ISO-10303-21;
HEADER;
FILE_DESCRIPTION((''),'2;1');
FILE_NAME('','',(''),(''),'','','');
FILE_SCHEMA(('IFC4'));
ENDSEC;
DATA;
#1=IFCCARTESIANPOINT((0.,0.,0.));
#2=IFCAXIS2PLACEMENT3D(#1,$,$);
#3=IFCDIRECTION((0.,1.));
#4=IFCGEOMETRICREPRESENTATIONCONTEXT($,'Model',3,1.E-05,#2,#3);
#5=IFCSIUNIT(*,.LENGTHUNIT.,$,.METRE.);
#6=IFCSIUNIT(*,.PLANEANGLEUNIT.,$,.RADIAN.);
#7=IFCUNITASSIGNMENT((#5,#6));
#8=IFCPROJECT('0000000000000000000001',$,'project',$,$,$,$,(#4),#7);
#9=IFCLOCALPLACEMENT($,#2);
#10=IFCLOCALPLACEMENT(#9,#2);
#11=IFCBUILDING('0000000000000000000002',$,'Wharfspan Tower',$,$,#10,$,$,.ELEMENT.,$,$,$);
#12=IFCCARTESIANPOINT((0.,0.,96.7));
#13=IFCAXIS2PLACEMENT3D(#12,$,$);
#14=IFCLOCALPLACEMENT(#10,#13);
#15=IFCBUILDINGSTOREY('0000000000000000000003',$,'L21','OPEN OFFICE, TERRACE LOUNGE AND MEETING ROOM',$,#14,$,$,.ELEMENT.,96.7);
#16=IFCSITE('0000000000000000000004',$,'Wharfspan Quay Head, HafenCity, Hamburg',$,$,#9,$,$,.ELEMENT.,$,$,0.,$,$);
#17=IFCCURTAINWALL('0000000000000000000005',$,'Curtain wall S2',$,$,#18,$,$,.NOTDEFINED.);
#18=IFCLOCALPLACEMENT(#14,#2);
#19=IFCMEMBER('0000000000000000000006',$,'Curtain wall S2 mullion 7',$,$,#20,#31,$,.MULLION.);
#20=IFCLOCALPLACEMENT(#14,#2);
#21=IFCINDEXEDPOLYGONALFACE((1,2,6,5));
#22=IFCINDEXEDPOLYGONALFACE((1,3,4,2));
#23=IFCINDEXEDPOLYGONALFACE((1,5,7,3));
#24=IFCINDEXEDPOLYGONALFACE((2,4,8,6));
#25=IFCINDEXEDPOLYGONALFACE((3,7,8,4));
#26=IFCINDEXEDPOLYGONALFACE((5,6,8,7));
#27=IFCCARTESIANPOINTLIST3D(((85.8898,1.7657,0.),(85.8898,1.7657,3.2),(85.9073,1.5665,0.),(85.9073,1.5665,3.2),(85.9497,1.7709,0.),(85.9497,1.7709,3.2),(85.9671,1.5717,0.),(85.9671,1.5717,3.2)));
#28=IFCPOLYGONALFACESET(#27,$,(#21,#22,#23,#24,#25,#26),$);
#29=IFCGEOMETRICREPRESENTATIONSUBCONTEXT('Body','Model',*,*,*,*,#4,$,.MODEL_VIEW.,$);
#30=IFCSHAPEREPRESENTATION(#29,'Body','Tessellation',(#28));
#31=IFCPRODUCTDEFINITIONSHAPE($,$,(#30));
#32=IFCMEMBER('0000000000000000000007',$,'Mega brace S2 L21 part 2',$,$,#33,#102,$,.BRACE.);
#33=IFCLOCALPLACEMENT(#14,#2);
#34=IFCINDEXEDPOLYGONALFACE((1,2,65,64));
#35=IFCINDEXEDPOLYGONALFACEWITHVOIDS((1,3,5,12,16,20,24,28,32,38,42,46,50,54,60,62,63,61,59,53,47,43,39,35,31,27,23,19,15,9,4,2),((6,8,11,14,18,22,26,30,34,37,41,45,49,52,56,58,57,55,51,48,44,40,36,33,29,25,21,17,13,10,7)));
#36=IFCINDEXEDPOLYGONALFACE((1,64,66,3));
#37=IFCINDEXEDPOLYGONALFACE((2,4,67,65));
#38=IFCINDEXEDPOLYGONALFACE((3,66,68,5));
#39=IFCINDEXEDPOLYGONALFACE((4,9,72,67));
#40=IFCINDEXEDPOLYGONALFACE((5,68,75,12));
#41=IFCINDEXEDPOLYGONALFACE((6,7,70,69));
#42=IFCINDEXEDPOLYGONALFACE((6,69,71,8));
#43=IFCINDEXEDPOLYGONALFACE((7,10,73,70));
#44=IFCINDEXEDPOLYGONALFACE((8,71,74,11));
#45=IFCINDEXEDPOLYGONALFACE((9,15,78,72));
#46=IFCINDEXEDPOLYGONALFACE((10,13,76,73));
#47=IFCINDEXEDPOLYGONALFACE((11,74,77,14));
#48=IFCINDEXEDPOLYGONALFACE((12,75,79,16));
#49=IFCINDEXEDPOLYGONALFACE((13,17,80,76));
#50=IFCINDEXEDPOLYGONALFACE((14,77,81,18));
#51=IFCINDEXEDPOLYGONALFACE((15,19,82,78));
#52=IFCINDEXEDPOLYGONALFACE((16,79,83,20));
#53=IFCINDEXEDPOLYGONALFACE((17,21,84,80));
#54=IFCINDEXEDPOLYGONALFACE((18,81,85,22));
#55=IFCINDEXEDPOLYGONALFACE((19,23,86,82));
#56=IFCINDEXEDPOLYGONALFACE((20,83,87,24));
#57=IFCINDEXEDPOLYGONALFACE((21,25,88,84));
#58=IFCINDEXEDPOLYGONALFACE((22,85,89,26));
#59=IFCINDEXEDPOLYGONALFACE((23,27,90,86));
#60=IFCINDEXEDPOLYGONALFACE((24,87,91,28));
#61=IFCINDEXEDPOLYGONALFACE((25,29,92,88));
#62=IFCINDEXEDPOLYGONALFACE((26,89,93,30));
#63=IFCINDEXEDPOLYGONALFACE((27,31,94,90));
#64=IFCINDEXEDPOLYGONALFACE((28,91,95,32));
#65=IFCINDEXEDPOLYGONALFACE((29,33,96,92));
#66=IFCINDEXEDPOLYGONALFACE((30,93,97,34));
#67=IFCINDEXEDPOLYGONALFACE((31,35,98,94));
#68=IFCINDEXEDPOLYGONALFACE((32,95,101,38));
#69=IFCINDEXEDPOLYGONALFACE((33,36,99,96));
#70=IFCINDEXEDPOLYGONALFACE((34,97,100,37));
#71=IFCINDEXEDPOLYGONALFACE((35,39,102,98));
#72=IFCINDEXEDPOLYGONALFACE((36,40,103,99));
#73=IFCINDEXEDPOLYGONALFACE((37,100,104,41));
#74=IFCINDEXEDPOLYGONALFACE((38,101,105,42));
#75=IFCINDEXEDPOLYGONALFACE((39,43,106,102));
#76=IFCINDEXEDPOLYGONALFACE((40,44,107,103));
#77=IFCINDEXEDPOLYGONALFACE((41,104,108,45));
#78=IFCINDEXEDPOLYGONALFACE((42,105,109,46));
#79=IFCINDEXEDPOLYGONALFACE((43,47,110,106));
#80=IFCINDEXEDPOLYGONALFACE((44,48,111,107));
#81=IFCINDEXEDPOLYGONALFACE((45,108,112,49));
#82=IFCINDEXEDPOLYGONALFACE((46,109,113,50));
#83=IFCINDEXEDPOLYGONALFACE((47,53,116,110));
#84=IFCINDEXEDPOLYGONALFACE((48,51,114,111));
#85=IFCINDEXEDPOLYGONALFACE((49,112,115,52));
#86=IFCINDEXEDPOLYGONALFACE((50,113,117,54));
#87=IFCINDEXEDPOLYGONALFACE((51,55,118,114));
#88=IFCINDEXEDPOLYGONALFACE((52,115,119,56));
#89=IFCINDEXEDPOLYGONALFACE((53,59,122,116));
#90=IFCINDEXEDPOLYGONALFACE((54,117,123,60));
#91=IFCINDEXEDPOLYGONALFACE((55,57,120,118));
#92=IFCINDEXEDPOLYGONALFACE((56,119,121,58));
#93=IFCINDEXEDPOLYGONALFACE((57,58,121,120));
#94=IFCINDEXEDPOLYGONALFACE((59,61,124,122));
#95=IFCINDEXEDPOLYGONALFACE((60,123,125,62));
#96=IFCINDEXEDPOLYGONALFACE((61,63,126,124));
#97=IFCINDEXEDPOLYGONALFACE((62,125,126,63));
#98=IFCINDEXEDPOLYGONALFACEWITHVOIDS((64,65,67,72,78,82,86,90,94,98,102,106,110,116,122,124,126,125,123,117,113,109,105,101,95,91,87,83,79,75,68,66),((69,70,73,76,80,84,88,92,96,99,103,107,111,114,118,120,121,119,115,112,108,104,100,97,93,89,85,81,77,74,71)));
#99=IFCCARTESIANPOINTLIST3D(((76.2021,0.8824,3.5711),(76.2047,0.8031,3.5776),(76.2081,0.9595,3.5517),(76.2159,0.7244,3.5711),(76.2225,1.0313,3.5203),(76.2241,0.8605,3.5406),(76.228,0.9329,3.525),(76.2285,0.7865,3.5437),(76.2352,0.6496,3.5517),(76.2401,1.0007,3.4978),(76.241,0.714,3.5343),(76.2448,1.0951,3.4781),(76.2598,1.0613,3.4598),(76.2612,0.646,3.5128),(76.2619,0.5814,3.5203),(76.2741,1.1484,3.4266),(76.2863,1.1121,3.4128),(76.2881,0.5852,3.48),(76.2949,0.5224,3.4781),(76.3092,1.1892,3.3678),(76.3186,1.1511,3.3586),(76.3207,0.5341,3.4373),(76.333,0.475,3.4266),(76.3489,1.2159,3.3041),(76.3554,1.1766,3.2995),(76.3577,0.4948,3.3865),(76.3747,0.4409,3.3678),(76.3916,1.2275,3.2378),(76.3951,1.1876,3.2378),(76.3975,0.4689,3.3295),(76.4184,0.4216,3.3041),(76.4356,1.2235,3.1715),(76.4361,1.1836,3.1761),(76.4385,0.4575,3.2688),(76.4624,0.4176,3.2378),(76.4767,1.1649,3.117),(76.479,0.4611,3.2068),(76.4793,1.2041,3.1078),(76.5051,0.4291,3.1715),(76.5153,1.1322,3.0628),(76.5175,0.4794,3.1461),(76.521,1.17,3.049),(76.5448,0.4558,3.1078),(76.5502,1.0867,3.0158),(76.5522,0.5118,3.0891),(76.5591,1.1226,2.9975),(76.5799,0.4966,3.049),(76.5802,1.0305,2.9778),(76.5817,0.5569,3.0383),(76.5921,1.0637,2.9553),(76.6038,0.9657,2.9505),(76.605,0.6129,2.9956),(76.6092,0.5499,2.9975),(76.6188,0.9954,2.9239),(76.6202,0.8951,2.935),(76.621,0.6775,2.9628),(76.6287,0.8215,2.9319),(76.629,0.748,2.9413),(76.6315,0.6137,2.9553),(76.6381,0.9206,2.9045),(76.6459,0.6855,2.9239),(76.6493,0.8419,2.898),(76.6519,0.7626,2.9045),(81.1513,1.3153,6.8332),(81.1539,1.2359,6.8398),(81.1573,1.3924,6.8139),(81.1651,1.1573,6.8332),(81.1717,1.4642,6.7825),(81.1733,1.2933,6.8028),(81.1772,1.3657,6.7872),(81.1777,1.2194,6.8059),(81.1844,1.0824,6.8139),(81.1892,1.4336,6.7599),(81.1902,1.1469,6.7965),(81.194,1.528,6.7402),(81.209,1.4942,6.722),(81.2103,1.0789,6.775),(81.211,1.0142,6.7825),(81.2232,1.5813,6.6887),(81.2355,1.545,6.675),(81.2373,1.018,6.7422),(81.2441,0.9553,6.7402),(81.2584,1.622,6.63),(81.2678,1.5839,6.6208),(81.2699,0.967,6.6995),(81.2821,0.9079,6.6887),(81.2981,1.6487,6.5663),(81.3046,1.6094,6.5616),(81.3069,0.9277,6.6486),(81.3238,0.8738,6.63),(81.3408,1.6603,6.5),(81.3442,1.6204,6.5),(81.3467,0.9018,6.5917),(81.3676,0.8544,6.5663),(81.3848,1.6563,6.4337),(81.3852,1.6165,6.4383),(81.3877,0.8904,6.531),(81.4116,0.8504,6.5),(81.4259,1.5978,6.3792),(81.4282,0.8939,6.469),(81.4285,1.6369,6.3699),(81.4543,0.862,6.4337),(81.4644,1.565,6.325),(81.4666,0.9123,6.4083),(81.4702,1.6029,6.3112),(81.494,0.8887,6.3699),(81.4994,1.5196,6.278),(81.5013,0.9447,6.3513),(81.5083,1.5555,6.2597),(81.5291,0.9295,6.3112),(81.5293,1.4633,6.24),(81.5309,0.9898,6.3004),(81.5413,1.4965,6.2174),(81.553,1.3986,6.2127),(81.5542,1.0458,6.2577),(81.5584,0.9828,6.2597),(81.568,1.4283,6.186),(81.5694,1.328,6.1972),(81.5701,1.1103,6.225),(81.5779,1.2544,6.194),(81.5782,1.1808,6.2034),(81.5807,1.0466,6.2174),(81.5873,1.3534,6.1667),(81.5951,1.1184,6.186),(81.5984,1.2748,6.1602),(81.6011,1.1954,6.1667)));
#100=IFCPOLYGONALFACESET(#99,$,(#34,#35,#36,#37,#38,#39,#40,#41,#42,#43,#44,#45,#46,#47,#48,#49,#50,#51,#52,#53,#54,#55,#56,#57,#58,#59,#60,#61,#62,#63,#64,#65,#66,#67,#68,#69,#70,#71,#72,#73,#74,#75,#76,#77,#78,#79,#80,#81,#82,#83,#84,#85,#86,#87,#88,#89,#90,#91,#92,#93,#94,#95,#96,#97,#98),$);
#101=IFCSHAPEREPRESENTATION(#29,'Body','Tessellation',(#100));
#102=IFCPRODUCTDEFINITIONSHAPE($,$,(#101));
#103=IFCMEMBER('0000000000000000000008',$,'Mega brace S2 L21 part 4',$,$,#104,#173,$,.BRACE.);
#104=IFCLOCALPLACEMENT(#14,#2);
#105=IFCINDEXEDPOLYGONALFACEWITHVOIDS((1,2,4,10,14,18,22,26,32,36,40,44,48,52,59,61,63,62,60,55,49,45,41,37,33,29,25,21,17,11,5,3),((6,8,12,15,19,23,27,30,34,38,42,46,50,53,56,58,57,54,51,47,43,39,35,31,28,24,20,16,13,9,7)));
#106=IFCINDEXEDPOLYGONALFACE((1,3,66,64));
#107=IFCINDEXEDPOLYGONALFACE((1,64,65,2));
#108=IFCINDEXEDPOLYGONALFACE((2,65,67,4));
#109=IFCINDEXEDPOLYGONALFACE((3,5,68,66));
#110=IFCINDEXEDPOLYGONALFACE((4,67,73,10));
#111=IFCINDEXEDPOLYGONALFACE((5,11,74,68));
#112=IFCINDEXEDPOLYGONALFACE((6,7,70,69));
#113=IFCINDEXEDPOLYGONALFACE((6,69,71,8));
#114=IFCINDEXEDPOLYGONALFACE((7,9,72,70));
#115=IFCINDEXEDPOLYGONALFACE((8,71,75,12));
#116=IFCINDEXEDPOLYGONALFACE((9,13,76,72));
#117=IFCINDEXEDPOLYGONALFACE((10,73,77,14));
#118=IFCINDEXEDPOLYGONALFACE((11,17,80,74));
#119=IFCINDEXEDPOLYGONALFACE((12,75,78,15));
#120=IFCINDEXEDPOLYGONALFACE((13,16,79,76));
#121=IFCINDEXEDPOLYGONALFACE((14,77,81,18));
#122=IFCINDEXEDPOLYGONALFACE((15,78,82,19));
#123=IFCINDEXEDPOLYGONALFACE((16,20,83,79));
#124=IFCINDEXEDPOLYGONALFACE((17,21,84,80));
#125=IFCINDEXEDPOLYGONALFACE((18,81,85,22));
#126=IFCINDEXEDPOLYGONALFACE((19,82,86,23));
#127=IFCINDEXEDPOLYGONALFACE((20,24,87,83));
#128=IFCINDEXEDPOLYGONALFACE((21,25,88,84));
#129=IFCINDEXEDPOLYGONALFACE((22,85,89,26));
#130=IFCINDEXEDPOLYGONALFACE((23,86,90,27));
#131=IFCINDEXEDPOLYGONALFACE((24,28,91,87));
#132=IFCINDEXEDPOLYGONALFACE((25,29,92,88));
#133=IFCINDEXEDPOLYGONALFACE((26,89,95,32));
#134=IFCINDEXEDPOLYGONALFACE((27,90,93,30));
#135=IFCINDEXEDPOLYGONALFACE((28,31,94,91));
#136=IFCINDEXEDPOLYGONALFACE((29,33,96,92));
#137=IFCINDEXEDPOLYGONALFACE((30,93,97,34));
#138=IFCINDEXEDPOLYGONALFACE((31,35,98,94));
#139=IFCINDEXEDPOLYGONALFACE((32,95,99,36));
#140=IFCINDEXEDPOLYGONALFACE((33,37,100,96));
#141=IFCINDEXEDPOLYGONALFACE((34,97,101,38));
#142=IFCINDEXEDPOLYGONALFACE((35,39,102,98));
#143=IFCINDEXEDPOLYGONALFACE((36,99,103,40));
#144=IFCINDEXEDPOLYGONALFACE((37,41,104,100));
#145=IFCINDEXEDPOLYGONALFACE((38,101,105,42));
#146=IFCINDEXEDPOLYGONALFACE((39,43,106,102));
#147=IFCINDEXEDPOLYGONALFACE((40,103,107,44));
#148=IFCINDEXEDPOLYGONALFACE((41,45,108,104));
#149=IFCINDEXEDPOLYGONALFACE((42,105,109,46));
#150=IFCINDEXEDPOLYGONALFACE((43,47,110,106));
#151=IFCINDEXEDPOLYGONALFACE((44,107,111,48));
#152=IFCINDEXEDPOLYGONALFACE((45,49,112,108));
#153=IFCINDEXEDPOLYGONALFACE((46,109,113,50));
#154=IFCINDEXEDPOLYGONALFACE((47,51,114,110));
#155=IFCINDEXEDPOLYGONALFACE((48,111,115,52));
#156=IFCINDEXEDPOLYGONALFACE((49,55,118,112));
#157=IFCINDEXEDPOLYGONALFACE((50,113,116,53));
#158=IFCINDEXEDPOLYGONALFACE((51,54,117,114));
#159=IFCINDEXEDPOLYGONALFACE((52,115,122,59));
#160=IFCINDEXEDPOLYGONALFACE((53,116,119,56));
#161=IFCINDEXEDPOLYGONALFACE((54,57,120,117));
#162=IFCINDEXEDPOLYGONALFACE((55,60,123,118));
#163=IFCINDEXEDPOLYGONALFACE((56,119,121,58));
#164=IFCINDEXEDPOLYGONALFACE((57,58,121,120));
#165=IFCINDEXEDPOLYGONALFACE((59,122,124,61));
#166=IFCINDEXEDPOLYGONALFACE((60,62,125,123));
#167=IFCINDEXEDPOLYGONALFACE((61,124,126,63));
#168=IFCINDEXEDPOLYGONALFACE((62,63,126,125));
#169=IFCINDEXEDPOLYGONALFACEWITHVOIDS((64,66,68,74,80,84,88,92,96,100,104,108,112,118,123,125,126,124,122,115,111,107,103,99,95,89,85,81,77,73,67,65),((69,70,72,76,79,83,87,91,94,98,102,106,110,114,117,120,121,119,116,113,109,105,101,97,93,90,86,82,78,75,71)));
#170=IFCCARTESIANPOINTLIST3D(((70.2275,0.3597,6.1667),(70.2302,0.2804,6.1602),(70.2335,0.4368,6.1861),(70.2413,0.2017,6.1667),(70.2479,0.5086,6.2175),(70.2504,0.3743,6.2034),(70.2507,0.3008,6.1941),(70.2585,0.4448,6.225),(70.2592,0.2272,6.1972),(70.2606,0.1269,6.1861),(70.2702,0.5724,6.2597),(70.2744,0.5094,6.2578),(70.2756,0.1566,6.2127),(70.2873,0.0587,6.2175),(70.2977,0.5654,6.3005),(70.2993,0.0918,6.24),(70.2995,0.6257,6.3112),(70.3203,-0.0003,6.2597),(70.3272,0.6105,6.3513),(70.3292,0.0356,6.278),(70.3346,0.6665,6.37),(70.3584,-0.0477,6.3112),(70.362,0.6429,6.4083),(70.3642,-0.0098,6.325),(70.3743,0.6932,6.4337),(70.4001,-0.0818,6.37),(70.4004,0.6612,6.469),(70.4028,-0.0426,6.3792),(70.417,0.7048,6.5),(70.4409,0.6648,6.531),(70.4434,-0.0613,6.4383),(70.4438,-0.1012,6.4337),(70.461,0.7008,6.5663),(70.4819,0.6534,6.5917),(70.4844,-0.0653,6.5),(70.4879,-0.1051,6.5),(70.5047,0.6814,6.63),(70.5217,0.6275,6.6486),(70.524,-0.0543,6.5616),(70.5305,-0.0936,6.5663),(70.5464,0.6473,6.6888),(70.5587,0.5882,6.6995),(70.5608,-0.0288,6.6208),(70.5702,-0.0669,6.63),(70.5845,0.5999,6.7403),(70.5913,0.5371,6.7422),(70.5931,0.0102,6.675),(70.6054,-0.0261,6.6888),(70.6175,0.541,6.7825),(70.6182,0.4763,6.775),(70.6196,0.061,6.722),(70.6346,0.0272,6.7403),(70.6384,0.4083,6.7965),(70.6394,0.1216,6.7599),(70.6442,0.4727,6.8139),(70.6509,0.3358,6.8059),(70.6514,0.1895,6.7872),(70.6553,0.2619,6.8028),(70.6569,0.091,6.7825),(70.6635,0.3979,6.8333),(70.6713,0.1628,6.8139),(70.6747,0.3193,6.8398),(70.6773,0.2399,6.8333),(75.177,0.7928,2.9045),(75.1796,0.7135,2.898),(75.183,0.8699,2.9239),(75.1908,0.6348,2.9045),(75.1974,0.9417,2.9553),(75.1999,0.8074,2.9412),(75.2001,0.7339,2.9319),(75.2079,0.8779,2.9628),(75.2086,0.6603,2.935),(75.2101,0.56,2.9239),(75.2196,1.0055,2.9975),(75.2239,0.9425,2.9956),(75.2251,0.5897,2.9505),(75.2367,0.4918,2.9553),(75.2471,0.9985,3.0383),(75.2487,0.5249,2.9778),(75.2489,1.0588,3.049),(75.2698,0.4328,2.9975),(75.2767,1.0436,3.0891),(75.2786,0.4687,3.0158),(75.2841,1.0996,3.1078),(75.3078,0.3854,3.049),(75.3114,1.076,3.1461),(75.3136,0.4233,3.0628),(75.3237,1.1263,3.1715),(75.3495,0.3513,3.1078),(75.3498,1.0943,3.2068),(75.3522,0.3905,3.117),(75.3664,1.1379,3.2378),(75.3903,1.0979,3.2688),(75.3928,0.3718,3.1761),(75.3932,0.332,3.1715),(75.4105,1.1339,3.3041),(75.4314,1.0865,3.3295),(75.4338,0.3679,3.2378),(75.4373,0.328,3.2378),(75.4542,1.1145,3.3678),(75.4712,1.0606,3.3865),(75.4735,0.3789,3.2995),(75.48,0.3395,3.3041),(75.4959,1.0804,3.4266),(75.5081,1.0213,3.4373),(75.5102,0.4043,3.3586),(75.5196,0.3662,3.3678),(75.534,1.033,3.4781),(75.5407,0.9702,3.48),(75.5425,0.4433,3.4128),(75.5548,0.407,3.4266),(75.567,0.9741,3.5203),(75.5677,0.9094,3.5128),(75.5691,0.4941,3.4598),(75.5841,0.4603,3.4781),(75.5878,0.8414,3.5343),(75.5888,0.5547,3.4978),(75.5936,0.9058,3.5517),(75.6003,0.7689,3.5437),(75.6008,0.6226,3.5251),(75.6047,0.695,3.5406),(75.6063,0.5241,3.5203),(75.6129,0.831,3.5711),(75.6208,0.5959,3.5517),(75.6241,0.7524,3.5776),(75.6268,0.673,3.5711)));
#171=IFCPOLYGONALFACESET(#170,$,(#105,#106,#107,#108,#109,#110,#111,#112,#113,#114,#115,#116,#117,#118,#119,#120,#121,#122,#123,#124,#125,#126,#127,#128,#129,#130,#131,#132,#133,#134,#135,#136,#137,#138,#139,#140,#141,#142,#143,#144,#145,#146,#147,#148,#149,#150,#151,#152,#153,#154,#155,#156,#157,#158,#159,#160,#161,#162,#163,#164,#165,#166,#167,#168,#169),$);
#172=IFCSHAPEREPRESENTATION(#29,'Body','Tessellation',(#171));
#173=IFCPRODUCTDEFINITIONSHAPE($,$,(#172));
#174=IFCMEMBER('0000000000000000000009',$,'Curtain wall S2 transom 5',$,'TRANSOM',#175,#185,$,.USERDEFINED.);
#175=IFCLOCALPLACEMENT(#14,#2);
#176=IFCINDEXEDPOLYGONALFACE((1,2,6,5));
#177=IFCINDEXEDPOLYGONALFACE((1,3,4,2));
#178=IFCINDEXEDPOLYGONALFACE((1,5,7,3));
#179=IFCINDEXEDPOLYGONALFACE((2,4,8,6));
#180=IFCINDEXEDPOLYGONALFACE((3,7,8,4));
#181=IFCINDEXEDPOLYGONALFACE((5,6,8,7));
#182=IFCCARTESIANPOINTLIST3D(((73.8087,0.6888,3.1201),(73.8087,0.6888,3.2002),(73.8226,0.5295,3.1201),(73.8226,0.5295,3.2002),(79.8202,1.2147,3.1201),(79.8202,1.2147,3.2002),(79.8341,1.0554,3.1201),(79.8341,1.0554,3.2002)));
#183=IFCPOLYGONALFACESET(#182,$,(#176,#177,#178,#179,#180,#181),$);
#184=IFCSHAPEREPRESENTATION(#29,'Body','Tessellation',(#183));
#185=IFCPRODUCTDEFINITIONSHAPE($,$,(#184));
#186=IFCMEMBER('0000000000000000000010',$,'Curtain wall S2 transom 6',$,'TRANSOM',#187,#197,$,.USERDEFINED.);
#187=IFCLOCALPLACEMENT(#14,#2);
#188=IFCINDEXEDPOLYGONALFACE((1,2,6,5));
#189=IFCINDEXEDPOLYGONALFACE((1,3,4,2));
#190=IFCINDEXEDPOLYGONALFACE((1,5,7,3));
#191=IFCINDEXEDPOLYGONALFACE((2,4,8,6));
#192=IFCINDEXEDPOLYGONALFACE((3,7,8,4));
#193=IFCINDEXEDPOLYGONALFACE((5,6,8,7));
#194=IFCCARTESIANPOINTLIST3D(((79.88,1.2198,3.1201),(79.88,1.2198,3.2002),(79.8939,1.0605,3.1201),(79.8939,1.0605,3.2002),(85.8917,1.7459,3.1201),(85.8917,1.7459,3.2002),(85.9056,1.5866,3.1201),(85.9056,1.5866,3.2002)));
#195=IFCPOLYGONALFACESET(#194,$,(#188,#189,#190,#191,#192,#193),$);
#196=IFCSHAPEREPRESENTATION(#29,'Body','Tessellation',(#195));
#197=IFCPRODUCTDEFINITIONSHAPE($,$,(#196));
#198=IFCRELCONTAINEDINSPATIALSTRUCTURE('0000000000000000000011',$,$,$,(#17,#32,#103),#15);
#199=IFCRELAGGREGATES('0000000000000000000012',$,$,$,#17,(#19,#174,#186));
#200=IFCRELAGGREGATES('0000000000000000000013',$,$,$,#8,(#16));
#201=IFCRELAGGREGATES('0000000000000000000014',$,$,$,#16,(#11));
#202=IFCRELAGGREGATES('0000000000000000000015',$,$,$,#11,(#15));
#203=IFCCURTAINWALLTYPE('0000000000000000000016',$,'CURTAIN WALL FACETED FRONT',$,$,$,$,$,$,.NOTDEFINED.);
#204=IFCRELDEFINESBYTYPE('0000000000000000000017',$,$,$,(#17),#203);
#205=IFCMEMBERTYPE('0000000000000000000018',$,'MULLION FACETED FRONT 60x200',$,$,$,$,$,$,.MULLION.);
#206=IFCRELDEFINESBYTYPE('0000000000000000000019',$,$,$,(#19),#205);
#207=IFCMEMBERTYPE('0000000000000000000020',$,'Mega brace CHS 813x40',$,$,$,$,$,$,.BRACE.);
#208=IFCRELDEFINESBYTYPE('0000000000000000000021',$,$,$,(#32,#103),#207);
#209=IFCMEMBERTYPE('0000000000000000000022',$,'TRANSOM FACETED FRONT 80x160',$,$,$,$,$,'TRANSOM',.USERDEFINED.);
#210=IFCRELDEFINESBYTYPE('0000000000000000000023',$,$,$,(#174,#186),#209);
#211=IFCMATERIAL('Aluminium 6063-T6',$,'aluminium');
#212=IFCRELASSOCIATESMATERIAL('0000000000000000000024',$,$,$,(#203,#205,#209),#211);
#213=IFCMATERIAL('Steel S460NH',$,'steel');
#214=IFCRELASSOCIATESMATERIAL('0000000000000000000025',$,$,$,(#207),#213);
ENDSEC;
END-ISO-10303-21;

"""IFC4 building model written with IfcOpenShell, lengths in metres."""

from ifc_helpers import new_model, si_unit, direction, frame, origin, origin_2d, place, context, subcontext, project, spatial, rectangle, hollow_circle, extrude, material, material_profile, profile_set, type_object, element, aggregate, save


model = new_model("IFC4")

# Units and contexts
model_context = context("Model", 3, precision=1e-05, world=origin(), true_north=direction((0.0, 1.0)))
body_context = subcontext(model_context, "Body", "Model", "MODEL_VIEW")
ifc_project = project(units=[si_unit("LENGTHUNIT", "METRE"), si_unit("PLANEANGLEUNIT", "RADIAN")], contexts=[model_context])

# Site, building, storey
site_placement = place(None, origin())
site = spatial("IfcSite", under=ifc_project, at=site_placement, Name="Wharfspan Quay Head, HafenCity, Hamburg", CompositionType="ELEMENT", RefElevation=0.0)
building_placement = place(site_placement, origin())
building = spatial("IfcBuilding", under=site, at=building_placement, Name="Wharfspan Tower", CompositionType="ELEMENT")
storey_placement = place(building_placement, frame((0.0, 0.0, 96.7)))
storey = spatial("IfcBuildingStorey", under=building, at=storey_placement, Name="L21", Description="OPEN OFFICE, TERRACE LOUNGE AND MEETING ROOM", CompositionType="ELEMENT", Elevation=96.7)

# Shared definitions
ifc_material_1 = material(Name="Steel S460NH", Category="steel")

# Curtain wall, member
ifc_material_2 = material(Name="Aluminium 6063-T6", Category="aluminium")
curtain_wall_type = type_object("IfcCurtainWallType", Name="CURTAIN WALL FACETED FRONT", PredefinedType="NOTDEFINED", material=ifc_material_2)
curtain_wall_placement = place(storey_placement, origin())
curtain_wall = element("IfcCurtainWall", 1, at=curtain_wall_placement, inside=storey, type_object=curtain_wall_type, Name="Curtain wall S2", PredefinedType="NOTDEFINED")
ifc_material_profile_1 = material_profile(ifc_material_2, rectangle(XDim=0.2, YDim=0.0601, at=origin_2d()))
ifc_profile_set_1 = profile_set([ifc_material_profile_1], Name="Aluminium 6063-T6")
member_type_1 = type_object("IfcMemberType", Name="MULLION FACETED FRONT 60x200", PredefinedType="MULLION", material=ifc_profile_set_1)
member_1_placement = place(storey_placement, frame((85.9285, 1.6687, 0.0), z_axis=(0.0, 0.0, 1.0), x_axis=(-0.087156, 0.996198, 0.0)))
member_1 = element("IfcMember", 2, at=member_1_placement, type_object=member_type_1, Name="Curtain wall S2 mullion 7", PredefinedType="MULLION", context=body_context, shape_type="SweptSolid", body=[
    extrude(rectangle(XDim=0.2, YDim=0.0601, at=origin_2d()), origin(), (0.0, 0.0, 1.0), 3.2),
])

# Members
ifc_material_profile_2 = material_profile(ifc_material_1, hollow_circle(Radius=0.4065, WallThickness=0.04, at=origin_2d()))
ifc_profile_set_2 = profile_set([ifc_material_profile_2], Name="Steel S460NH")
member_type_2 = type_object("IfcMemberType", Name="Mega brace CHS 813x40", PredefinedType="BRACE", material=ifc_profile_set_2)
member_2_placement = place(storey_placement, frame((76.427, 0.8225, 3.2378), z_axis=(0.832724, 0.07283, 0.548878), x_axis=(-0.087128, 0.996197, 0.000001)))
element("IfcMember", 3, at=member_2_placement, inside=storey, type_object=member_type_2, Name="Mega brace S2 L21 part 2", PredefinedType="BRACE", context=body_context, shape_type="SweptSolid", body=[
    extrude(hollow_circle(Radius=0.4065, WallThickness=0.04, at=origin_2d()), origin(), (0.0, 0.0, 1.0), 5.9434),
])
member_3_placement = place(storey_placement, frame((75.4019, 0.7329, 3.2378), z_axis=(-0.832734, -0.072869, 0.548858), x_axis=(0.087173, -0.99619, 0.000001)))
element("IfcMember", 4, at=member_3_placement, inside=storey, type_object=member_type_2, Name="Mega brace S2 L21 part 4", PredefinedType="BRACE", context=body_context, shape_type="SweptSolid", body=[
    extrude(hollow_circle(Radius=0.4065, WallThickness=0.04, at=origin_2d()), origin(), (0.0, 0.0, 1.0), 5.9436),
])

# Members
ifc_material_profile_3 = material_profile(ifc_material_2, rectangle(XDim=0.1599, YDim=0.0801, at=origin_2d()))
ifc_profile_set_3 = profile_set([ifc_material_profile_3], Name="Aluminium 6063-T6")
member_type_3 = type_object("IfcMemberType", Name="TRANSOM FACETED FRONT 80x160", ElementType="TRANSOM", PredefinedType="USERDEFINED", material=ifc_profile_set_3)
member_4_placement = place(storey_placement, frame((73.8157, 0.6091, 3.1602), z_axis=(0.996196, 0.087146, 0.0), x_axis=(-0.087146, 0.996196, 0.0)))
member_4 = element("IfcMember", 5, at=member_4_placement, type_object=member_type_3, Name="Curtain wall S2 transom 5", ObjectType="TRANSOM", PredefinedType="USERDEFINED", context=body_context, shape_type="SweptSolid", body=[
    extrude(rectangle(XDim=0.1599, YDim=0.0801, at=origin_2d()), origin(), (0.0, 0.0, 1.0), 6.0344),
])
member_5_placement = place(storey_placement, frame((79.887, 1.1401, 3.1602), z_axis=(0.996192, 0.087183, 0.0), x_axis=(-0.087183, 0.996192, 0.0)))
member_5 = element("IfcMember", 6, at=member_5_placement, type_object=member_type_3, Name="Curtain wall S2 transom 6", ObjectType="TRANSOM", PredefinedType="USERDEFINED", context=body_context, shape_type="SweptSolid", body=[
    extrude(rectangle(XDim=0.1599, YDim=0.0801, at=origin_2d()), origin(), (0.0, 0.0, 1.0), 6.0347),
])

aggregate(curtain_wall, [member_1, member_4, member_5])

save(model, "model.ifc")
